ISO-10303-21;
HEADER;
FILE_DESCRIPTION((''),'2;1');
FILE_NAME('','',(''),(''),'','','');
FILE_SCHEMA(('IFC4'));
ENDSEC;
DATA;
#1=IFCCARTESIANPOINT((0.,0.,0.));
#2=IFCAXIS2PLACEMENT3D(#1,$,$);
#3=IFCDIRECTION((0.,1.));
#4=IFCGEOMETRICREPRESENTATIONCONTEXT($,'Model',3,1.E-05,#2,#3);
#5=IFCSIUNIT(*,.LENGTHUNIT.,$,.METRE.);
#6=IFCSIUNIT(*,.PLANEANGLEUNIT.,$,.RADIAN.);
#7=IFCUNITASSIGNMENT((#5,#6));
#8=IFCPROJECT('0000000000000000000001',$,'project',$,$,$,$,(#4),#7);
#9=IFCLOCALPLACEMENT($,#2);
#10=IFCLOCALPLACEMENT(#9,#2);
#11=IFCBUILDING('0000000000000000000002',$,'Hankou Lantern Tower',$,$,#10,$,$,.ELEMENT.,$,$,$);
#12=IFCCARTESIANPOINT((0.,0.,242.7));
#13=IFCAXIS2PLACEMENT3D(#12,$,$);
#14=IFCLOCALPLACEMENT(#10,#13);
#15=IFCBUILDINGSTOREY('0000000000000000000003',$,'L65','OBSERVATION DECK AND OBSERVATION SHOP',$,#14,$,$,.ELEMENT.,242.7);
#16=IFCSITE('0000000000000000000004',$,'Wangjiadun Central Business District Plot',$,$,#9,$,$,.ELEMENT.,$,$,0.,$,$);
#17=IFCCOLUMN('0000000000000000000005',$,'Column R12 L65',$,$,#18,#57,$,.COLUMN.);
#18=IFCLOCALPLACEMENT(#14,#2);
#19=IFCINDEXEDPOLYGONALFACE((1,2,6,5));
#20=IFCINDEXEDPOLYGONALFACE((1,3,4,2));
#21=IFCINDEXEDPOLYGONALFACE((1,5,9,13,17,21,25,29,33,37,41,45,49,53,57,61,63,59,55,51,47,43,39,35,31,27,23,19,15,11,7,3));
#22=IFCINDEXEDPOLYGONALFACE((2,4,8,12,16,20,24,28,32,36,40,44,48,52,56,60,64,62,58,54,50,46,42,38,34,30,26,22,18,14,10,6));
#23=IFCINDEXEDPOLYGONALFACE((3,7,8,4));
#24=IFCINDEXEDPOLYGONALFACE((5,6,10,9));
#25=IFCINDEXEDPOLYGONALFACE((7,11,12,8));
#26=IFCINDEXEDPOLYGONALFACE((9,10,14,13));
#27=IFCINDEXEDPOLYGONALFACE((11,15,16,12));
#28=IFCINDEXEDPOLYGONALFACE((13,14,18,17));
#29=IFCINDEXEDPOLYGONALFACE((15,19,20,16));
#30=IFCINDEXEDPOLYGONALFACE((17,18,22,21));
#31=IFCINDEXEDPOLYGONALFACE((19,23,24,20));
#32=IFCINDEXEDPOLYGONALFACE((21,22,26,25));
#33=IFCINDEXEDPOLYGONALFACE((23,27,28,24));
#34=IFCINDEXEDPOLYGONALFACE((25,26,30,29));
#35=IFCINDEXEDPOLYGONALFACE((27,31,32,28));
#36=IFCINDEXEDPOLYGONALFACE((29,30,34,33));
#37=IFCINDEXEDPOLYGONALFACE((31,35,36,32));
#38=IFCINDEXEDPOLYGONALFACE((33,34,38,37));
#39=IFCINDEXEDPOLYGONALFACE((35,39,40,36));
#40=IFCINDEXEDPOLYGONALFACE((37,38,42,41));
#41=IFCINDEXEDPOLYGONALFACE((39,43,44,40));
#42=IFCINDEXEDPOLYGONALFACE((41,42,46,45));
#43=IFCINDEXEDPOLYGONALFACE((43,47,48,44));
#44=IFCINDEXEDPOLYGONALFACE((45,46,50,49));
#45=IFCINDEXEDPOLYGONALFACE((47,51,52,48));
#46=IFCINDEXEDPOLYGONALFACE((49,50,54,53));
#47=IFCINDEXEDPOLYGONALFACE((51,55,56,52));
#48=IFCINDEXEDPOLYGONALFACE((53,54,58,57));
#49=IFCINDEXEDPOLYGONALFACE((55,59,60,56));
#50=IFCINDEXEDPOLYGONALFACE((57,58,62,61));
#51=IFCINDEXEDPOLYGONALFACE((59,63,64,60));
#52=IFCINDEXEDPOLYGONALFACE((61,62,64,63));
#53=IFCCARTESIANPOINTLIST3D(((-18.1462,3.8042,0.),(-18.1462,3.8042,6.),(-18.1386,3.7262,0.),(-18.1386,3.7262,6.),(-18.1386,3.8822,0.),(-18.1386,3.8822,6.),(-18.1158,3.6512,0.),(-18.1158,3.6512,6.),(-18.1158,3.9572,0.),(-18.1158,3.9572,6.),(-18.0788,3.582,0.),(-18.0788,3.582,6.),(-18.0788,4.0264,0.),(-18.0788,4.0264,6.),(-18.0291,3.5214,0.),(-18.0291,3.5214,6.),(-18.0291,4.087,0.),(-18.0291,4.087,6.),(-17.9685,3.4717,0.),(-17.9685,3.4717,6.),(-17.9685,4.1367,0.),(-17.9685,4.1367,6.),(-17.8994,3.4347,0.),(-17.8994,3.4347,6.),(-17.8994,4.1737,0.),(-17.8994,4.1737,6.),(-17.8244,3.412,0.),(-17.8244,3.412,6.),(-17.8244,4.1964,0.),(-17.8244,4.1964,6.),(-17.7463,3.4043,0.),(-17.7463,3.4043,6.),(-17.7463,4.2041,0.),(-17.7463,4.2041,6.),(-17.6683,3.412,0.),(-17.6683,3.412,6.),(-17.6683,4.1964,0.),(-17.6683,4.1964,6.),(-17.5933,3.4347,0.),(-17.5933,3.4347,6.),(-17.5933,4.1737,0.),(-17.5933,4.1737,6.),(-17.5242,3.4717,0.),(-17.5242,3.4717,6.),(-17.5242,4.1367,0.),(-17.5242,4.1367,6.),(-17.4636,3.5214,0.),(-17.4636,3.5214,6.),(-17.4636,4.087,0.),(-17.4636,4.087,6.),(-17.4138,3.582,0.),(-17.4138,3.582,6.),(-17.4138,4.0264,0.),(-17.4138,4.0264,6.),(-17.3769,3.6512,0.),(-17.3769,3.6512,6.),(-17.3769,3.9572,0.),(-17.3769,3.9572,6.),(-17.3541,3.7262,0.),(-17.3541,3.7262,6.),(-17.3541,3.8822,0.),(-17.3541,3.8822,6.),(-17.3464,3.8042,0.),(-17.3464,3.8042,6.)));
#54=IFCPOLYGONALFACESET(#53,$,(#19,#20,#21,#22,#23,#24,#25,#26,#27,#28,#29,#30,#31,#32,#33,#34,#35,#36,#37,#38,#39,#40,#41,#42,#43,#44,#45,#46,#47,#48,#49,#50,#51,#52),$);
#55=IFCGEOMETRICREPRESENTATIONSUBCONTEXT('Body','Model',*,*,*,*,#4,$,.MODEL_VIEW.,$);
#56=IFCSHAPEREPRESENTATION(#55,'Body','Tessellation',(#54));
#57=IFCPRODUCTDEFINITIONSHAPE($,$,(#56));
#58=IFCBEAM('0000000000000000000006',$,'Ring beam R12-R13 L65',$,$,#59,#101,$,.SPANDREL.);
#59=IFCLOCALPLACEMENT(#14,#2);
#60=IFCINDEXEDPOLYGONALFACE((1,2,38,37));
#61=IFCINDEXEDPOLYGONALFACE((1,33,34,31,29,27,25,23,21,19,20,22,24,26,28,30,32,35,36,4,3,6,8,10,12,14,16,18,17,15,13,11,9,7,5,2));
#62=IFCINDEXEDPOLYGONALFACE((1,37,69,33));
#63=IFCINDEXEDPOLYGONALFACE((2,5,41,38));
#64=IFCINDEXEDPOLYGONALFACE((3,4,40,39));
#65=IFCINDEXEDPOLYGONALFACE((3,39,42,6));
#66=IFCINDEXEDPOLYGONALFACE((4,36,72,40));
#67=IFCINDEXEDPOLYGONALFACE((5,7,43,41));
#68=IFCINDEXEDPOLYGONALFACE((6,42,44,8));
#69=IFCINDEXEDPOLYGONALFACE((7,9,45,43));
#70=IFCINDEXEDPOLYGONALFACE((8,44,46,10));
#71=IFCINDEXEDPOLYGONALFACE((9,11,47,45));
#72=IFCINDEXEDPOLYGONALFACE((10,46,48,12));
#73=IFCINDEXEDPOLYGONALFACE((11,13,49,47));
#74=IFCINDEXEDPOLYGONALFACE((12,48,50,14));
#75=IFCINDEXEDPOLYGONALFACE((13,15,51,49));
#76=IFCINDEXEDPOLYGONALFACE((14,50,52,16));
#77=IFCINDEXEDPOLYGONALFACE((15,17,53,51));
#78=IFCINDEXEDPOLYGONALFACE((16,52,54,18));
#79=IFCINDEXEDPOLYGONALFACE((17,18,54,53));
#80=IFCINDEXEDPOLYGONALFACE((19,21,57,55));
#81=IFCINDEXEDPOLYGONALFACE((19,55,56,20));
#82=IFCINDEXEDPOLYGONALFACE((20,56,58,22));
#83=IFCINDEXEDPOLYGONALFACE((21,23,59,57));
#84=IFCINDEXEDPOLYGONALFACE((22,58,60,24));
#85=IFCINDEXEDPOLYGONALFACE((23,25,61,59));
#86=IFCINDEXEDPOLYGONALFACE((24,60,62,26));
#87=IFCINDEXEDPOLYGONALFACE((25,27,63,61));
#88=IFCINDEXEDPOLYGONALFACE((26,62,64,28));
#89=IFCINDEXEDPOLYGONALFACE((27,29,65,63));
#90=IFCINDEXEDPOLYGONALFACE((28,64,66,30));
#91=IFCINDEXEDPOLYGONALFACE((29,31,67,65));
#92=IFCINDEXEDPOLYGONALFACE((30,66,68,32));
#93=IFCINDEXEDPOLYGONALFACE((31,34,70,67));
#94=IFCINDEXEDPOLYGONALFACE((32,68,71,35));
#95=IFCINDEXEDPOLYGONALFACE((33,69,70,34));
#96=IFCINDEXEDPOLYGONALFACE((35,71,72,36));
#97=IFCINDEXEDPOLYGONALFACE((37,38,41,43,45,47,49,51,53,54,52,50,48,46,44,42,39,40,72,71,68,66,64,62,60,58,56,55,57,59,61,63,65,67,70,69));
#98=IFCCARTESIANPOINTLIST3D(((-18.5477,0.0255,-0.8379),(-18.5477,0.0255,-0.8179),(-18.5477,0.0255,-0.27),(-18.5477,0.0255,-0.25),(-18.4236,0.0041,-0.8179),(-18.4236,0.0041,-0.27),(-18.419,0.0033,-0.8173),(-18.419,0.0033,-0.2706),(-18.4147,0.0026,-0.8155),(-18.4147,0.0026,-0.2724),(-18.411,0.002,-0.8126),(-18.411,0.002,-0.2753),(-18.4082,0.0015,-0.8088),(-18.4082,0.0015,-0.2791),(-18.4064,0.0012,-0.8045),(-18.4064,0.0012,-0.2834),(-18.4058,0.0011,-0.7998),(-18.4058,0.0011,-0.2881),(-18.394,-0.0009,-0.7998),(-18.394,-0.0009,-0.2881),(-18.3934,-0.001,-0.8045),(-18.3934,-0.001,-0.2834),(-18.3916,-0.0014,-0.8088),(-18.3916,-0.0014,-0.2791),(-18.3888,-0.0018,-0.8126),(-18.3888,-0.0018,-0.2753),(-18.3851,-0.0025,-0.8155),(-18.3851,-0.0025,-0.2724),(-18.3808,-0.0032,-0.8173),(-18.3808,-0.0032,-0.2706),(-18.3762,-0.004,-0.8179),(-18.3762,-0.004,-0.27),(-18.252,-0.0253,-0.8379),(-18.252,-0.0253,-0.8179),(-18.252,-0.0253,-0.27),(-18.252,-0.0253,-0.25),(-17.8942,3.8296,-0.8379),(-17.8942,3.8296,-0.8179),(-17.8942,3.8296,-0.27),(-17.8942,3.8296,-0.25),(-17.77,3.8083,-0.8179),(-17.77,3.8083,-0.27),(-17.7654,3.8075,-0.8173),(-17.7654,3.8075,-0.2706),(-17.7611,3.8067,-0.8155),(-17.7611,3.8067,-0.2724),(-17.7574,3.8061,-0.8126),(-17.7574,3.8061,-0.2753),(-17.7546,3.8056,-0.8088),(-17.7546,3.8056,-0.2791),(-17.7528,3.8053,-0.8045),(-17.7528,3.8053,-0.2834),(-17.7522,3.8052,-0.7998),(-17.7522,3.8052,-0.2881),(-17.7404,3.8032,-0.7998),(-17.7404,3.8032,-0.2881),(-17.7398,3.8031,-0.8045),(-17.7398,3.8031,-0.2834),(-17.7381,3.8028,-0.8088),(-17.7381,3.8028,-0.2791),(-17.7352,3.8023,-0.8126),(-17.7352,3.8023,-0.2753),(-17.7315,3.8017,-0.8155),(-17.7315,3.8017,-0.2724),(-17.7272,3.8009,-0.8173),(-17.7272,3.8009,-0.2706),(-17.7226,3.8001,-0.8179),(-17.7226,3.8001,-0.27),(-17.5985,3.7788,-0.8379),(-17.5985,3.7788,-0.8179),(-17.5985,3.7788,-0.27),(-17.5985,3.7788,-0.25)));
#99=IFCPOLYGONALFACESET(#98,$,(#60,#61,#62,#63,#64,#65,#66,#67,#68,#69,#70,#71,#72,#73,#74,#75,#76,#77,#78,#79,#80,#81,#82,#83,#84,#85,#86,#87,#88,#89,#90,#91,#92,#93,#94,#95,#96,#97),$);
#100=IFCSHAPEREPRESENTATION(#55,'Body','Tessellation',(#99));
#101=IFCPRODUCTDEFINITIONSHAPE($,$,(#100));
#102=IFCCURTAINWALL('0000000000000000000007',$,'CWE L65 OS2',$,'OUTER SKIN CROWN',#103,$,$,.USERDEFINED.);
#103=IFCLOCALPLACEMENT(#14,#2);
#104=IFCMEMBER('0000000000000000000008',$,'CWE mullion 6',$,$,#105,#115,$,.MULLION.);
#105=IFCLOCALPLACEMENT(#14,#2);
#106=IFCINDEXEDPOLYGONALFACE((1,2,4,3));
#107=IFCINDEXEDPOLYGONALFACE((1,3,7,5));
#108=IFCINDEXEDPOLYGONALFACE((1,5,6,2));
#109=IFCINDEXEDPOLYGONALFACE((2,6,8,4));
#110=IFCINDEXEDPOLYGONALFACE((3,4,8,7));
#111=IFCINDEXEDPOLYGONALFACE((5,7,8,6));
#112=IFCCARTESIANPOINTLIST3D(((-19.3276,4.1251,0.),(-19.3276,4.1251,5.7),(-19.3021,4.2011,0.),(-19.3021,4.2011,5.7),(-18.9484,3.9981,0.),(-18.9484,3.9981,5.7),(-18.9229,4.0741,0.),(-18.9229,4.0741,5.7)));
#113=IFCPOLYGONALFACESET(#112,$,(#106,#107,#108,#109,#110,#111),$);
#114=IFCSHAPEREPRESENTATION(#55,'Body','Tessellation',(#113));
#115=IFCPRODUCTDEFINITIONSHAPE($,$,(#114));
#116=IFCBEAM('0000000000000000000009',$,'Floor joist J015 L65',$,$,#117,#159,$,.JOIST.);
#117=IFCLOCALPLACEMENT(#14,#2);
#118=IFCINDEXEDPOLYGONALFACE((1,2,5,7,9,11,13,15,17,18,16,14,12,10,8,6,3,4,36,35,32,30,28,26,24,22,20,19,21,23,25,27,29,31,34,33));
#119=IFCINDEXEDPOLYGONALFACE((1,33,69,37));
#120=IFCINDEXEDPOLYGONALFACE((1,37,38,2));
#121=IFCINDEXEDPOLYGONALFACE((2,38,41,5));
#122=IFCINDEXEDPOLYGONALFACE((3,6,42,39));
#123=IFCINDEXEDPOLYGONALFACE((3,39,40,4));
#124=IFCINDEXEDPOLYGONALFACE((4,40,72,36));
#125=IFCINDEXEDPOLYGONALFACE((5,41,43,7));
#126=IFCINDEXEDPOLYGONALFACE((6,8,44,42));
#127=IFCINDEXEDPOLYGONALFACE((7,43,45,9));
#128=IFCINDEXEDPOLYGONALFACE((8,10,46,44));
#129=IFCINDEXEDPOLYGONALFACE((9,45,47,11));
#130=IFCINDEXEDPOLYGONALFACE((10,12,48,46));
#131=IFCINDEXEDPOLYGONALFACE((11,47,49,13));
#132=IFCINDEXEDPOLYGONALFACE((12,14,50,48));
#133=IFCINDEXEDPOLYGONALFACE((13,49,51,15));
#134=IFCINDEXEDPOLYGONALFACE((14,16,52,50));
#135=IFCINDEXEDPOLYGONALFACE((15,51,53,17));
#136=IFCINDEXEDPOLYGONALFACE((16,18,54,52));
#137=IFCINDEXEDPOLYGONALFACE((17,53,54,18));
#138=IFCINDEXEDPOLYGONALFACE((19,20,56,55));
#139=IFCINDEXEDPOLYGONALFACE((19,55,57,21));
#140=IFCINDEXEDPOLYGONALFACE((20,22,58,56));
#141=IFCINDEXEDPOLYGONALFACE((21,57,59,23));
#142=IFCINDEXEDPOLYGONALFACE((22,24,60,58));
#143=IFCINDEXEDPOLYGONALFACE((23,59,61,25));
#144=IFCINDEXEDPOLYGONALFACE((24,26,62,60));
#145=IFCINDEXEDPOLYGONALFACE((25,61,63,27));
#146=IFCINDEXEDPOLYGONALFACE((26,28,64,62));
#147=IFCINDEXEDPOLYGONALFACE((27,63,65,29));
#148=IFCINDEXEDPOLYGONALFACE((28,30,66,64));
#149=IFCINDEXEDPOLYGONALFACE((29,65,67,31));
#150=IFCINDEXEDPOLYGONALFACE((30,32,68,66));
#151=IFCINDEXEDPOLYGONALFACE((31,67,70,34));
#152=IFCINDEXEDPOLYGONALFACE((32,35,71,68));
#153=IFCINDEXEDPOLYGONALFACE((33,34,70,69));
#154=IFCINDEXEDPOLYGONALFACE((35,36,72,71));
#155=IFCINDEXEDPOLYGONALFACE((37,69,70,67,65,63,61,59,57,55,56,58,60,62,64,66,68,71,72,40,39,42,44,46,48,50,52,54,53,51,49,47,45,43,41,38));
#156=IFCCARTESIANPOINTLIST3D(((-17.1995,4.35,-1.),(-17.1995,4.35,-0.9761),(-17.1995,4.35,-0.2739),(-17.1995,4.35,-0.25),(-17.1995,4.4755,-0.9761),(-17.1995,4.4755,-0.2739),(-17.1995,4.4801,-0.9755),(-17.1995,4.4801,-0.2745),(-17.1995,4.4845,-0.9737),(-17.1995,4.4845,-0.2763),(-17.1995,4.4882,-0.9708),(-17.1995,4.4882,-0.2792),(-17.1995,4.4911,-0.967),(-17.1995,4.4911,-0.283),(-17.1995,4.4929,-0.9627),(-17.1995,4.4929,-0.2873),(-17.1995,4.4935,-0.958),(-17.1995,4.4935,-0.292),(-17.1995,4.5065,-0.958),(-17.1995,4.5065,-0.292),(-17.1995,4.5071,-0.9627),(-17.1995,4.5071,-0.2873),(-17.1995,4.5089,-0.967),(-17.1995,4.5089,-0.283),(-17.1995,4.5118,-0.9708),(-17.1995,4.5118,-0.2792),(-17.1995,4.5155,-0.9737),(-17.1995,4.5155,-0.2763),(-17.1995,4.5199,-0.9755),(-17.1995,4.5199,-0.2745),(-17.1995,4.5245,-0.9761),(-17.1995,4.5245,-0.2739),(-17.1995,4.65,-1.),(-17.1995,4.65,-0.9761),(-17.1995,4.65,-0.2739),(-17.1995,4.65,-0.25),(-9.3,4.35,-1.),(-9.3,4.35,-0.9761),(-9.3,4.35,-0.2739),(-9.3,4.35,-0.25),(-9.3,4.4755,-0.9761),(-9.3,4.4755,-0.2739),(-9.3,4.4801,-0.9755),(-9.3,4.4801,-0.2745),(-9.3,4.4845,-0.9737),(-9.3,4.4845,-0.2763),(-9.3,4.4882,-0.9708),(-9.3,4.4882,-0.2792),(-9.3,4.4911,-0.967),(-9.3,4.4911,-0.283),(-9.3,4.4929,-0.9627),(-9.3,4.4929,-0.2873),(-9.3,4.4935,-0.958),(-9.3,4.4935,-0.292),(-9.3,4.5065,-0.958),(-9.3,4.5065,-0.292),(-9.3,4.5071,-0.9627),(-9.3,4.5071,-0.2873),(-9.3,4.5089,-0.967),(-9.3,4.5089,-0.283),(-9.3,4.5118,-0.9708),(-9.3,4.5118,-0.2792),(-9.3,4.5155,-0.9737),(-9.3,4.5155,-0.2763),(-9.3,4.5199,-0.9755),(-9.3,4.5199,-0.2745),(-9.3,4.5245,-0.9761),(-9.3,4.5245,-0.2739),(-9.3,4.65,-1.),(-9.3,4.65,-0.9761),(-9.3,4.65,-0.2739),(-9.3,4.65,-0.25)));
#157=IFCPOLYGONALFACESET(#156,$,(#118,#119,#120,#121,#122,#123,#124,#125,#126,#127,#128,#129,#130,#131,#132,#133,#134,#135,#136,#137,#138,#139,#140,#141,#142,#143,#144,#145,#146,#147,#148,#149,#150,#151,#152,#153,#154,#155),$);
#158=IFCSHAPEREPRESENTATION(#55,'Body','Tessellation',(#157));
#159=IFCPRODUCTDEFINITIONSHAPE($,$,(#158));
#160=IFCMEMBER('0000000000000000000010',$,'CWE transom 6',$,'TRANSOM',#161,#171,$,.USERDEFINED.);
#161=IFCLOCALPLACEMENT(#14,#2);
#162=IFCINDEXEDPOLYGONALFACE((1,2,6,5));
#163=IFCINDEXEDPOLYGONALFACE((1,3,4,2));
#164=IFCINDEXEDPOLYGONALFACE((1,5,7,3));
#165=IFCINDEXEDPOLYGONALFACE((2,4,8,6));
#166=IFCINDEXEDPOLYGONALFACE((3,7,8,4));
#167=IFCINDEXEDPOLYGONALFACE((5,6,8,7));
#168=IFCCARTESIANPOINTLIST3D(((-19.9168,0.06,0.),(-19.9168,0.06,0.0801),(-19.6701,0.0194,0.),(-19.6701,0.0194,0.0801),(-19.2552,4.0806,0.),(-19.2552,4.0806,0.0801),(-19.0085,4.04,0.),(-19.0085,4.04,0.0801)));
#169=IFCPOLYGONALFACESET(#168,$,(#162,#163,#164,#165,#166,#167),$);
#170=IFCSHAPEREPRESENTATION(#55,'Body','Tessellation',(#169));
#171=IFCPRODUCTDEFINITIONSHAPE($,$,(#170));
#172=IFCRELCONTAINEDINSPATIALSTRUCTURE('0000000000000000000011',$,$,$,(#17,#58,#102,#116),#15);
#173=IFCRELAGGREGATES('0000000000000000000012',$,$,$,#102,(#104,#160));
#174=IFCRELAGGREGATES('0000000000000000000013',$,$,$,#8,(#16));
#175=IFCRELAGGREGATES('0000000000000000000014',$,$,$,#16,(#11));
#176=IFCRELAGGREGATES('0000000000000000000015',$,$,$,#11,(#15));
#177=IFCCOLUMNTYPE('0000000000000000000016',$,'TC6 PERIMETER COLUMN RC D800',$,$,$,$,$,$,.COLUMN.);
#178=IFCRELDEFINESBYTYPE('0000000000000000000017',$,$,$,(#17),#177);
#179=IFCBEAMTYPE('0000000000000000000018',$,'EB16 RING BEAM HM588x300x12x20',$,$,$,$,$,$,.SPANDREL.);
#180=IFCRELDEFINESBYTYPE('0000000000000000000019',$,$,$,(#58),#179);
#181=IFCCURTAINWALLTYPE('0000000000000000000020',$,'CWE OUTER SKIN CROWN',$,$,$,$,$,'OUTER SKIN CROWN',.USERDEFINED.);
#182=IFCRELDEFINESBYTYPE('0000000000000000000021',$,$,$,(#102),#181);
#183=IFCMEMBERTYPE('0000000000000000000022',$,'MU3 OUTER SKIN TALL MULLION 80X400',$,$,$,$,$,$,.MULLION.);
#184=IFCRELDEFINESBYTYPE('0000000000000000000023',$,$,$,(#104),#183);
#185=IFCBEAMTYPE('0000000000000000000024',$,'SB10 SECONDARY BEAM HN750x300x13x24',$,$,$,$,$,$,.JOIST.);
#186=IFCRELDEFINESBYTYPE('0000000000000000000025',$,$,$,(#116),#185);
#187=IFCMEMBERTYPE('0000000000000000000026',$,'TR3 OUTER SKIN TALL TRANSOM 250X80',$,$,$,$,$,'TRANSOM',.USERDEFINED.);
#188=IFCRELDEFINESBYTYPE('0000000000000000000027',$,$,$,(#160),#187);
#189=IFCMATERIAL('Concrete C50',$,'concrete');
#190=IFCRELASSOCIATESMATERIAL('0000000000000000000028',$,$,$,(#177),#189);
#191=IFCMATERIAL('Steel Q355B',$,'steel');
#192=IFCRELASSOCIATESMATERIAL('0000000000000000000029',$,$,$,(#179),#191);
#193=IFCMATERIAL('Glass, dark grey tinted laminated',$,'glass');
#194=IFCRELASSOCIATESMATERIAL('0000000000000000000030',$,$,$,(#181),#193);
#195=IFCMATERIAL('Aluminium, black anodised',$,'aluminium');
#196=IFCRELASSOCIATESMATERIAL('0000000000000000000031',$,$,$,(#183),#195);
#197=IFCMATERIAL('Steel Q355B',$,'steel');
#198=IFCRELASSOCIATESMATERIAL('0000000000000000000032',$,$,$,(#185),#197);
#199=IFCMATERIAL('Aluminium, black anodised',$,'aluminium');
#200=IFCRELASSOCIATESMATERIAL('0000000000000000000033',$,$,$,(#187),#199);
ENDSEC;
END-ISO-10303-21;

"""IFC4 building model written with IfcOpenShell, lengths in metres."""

from ifc_helpers import new_model, si_unit, direction, frame, origin, origin_2d, place, context, subcontext, project, spatial, rectangle, circle, i_section, extrude, material, material_profile, profile_set, type_object, element, aggregate, save


model = new_model("IFC4")

# Units and contexts
model_context = context("Model", 3, precision=1e-05, world=origin(), true_north=direction((0.0, 1.0)))
body_context = subcontext(model_context, "Body", "Model", "MODEL_VIEW")
ifc_project = project(units=[si_unit("LENGTHUNIT", "METRE"), si_unit("PLANEANGLEUNIT", "RADIAN")], contexts=[model_context])

# Site, building, storey
site_placement = place(None, origin())
site = spatial("IfcSite", under=ifc_project, at=site_placement, Name="Wangjiadun Central Business District Plot", CompositionType="ELEMENT", RefElevation=0.0)
building_placement = place(site_placement, origin())
building = spatial("IfcBuilding", under=site, at=building_placement, Name="Hankou Lantern Tower", CompositionType="ELEMENT")
storey_placement = place(building_placement, frame((0.0, 0.0, 242.7)))
storey = spatial("IfcBuildingStorey", under=building, at=storey_placement, Name="L65", Description="OBSERVATION DECK AND OBSERVATION SHOP", CompositionType="ELEMENT", Elevation=242.7)

# Column
ifc_material_1 = material(Name="Concrete C50", Category="concrete")
ifc_material_profile_1 = material_profile(ifc_material_1, circle(Radius=0.3999, at=origin_2d()), Name="RC D800")
ifc_profile_set_1 = profile_set([ifc_material_profile_1], Name="Concrete C50")
column_type = type_object("IfcColumnType", Name="TC6 PERIMETER COLUMN RC D800", PredefinedType="COLUMN", material=ifc_profile_set_1)
column_placement = place(storey_placement, frame((-17.7463, 3.8042, 0.0), z_axis=(0.0, 0.0, 1.0), x_axis=(1.0, 0.0, 0.0)))
element("IfcColumn", 1, at=column_placement, inside=storey, type_object=column_type, Name="Column R12 L65", PredefinedType="COLUMN", context=body_context, shape_type="SweptSolid", body=[
    extrude(circle(Radius=0.3999, at=origin_2d()), origin(), (0.0, 0.0, 1.0), 6.0),
])

# Beam
ifc_material_2 = material(Name="Steel Q355B", Category="steel")
ifc_material_profile_2 = material_profile(ifc_material_2, i_section(OverallWidth=0.3, OverallDepth=0.5879, WebThickness=0.012, FlangeThickness=0.02, FilletRadius=0.0181, at=origin_2d()), Name="HM588x300x12x20")
ifc_profile_set_2 = profile_set([ifc_material_profile_2], Name="Steel Q355B")
beam_type_1 = type_object("IfcBeamType", Name="EB16 RING BEAM HM588x300x12x20", PredefinedType="SPANDREL", material=ifc_profile_set_2)
beam_1_placement = place(storey_placement, frame((-17.7463, 3.8042, -0.5439), z_axis=(-0.16932, -0.985561, 0.0), x_axis=(0.985561, -0.16932, 0.0)))
element("IfcBeam", 2, at=beam_1_placement, inside=storey, type_object=beam_type_1, Name="Ring beam R12-R13 L65", PredefinedType="SPANDREL", context=body_context, shape_type="SweptSolid", body=[
    extrude(i_section(OverallWidth=0.3, OverallDepth=0.5879, WebThickness=0.012, FlangeThickness=0.02, FilletRadius=0.0181, at=origin_2d()), origin(), (0.0, 0.0, 1.0), 3.8599),
])

# Curtain wall, member
ifc_material_3 = material(Name="Glass, dark grey tinted laminated", Category="glass")
curtain_wall_type = type_object("IfcCurtainWallType", Name="CWE OUTER SKIN CROWN", ElementType="OUTER SKIN CROWN", PredefinedType="USERDEFINED", material=ifc_material_3)
curtain_wall_placement = place(storey_placement, origin())
curtain_wall = element("IfcCurtainWall", 3, at=curtain_wall_placement, inside=storey, type_object=curtain_wall_type, Name="CWE L65 OS2", ObjectType="OUTER SKIN CROWN", PredefinedType="USERDEFINED")
ifc_material_4 = material(Name="Aluminium, black anodised", Category="aluminium")
ifc_material_profile_3 = material_profile(ifc_material_4, rectangle(XDim=0.0801, YDim=0.3999, at=origin_2d()), Name="MU3 80X400")
ifc_profile_set_3 = profile_set([ifc_material_profile_3], Name="Aluminium, black anodised")
member_type_1 = type_object("IfcMemberType", Name="MU3 OUTER SKIN TALL MULLION 80X400", PredefinedType="MULLION", material=ifc_profile_set_3)
member_1_placement = place(storey_placement, frame((-19.1252, 4.0996, 0.0), z_axis=(0.0, 0.0, 1.0), x_axis=(-0.317596, -0.948226, 0.0)))
member_1 = element("IfcMember", 4, at=member_1_placement, type_object=member_type_1, Name="CWE mullion 6", PredefinedType="MULLION", context=body_context, shape_type="SweptSolid", body=[
    extrude(rectangle(XDim=0.0801, YDim=0.3999, at=origin_2d()), origin(), (0.0, 0.0, 1.0), 5.7),
])

# Beam
ifc_material_5 = material(Name="Steel Q355B", Category="steel")
ifc_material_profile_4 = material_profile(ifc_material_5, i_section(OverallWidth=0.3, OverallDepth=0.75, WebThickness=0.0129, FlangeThickness=0.0239, FilletRadius=0.0181, at=origin_2d()), Name="HN750x300x13x24")
ifc_profile_set_4 = profile_set([ifc_material_profile_4], Name="Steel Q355B")
beam_type_2 = type_object("IfcBeamType", Name="SB10 SECONDARY BEAM HN750x300x13x24", PredefinedType="JOIST", material=ifc_profile_set_4)
beam_2_placement = place(storey_placement, frame((-17.1995, 4.5, -0.625), z_axis=(1.0, 0.0, 0.0), x_axis=(0.0, 1.0, 0.0)))
element("IfcBeam", 5, at=beam_2_placement, inside=storey, type_object=beam_type_2, Name="Floor joist J015 L65", PredefinedType="JOIST", context=body_context, shape_type="SweptSolid", body=[
    extrude(i_section(OverallWidth=0.3, OverallDepth=0.75, WebThickness=0.0129, FlangeThickness=0.0239, FilletRadius=0.0181, at=origin_2d()), origin(), (0.0, 0.0, 1.0), 7.8994),
])

# Member
ifc_material_6 = material(Name="Aluminium, black anodised", Category="aluminium")
ifc_material_profile_5 = material_profile(ifc_material_6, rectangle(XDim=0.25, YDim=0.0801, at=origin_2d()), Name="TR3 250X80")
ifc_profile_set_5 = profile_set([ifc_material_profile_5], Name="Aluminium, black anodised")
member_type_2 = type_object("IfcMemberType", Name="TR3 OUTER SKIN TALL TRANSOM 250X80", ElementType="TRANSOM", PredefinedType="USERDEFINED", material=ifc_profile_set_5)
member_2_placement = place(storey_placement, frame((-19.1318, 4.0603, 0.04), z_axis=(-0.162368, -0.98673, 0.0), x_axis=(0.98673, -0.162368, 0.0)))
member_2 = element("IfcMember", 6, at=member_2_placement, type_object=member_type_2, Name="CWE transom 6", ObjectType="TRANSOM", PredefinedType="USERDEFINED", context=body_context, shape_type="SweptSolid", body=[
    extrude(rectangle(XDim=0.25, YDim=0.0801, at=origin_2d()), origin(), (0.0, 0.0, 1.0), 4.0747),
])
aggregate(curtain_wall, [member_1, member_2])

save(model, "model.ifc")
